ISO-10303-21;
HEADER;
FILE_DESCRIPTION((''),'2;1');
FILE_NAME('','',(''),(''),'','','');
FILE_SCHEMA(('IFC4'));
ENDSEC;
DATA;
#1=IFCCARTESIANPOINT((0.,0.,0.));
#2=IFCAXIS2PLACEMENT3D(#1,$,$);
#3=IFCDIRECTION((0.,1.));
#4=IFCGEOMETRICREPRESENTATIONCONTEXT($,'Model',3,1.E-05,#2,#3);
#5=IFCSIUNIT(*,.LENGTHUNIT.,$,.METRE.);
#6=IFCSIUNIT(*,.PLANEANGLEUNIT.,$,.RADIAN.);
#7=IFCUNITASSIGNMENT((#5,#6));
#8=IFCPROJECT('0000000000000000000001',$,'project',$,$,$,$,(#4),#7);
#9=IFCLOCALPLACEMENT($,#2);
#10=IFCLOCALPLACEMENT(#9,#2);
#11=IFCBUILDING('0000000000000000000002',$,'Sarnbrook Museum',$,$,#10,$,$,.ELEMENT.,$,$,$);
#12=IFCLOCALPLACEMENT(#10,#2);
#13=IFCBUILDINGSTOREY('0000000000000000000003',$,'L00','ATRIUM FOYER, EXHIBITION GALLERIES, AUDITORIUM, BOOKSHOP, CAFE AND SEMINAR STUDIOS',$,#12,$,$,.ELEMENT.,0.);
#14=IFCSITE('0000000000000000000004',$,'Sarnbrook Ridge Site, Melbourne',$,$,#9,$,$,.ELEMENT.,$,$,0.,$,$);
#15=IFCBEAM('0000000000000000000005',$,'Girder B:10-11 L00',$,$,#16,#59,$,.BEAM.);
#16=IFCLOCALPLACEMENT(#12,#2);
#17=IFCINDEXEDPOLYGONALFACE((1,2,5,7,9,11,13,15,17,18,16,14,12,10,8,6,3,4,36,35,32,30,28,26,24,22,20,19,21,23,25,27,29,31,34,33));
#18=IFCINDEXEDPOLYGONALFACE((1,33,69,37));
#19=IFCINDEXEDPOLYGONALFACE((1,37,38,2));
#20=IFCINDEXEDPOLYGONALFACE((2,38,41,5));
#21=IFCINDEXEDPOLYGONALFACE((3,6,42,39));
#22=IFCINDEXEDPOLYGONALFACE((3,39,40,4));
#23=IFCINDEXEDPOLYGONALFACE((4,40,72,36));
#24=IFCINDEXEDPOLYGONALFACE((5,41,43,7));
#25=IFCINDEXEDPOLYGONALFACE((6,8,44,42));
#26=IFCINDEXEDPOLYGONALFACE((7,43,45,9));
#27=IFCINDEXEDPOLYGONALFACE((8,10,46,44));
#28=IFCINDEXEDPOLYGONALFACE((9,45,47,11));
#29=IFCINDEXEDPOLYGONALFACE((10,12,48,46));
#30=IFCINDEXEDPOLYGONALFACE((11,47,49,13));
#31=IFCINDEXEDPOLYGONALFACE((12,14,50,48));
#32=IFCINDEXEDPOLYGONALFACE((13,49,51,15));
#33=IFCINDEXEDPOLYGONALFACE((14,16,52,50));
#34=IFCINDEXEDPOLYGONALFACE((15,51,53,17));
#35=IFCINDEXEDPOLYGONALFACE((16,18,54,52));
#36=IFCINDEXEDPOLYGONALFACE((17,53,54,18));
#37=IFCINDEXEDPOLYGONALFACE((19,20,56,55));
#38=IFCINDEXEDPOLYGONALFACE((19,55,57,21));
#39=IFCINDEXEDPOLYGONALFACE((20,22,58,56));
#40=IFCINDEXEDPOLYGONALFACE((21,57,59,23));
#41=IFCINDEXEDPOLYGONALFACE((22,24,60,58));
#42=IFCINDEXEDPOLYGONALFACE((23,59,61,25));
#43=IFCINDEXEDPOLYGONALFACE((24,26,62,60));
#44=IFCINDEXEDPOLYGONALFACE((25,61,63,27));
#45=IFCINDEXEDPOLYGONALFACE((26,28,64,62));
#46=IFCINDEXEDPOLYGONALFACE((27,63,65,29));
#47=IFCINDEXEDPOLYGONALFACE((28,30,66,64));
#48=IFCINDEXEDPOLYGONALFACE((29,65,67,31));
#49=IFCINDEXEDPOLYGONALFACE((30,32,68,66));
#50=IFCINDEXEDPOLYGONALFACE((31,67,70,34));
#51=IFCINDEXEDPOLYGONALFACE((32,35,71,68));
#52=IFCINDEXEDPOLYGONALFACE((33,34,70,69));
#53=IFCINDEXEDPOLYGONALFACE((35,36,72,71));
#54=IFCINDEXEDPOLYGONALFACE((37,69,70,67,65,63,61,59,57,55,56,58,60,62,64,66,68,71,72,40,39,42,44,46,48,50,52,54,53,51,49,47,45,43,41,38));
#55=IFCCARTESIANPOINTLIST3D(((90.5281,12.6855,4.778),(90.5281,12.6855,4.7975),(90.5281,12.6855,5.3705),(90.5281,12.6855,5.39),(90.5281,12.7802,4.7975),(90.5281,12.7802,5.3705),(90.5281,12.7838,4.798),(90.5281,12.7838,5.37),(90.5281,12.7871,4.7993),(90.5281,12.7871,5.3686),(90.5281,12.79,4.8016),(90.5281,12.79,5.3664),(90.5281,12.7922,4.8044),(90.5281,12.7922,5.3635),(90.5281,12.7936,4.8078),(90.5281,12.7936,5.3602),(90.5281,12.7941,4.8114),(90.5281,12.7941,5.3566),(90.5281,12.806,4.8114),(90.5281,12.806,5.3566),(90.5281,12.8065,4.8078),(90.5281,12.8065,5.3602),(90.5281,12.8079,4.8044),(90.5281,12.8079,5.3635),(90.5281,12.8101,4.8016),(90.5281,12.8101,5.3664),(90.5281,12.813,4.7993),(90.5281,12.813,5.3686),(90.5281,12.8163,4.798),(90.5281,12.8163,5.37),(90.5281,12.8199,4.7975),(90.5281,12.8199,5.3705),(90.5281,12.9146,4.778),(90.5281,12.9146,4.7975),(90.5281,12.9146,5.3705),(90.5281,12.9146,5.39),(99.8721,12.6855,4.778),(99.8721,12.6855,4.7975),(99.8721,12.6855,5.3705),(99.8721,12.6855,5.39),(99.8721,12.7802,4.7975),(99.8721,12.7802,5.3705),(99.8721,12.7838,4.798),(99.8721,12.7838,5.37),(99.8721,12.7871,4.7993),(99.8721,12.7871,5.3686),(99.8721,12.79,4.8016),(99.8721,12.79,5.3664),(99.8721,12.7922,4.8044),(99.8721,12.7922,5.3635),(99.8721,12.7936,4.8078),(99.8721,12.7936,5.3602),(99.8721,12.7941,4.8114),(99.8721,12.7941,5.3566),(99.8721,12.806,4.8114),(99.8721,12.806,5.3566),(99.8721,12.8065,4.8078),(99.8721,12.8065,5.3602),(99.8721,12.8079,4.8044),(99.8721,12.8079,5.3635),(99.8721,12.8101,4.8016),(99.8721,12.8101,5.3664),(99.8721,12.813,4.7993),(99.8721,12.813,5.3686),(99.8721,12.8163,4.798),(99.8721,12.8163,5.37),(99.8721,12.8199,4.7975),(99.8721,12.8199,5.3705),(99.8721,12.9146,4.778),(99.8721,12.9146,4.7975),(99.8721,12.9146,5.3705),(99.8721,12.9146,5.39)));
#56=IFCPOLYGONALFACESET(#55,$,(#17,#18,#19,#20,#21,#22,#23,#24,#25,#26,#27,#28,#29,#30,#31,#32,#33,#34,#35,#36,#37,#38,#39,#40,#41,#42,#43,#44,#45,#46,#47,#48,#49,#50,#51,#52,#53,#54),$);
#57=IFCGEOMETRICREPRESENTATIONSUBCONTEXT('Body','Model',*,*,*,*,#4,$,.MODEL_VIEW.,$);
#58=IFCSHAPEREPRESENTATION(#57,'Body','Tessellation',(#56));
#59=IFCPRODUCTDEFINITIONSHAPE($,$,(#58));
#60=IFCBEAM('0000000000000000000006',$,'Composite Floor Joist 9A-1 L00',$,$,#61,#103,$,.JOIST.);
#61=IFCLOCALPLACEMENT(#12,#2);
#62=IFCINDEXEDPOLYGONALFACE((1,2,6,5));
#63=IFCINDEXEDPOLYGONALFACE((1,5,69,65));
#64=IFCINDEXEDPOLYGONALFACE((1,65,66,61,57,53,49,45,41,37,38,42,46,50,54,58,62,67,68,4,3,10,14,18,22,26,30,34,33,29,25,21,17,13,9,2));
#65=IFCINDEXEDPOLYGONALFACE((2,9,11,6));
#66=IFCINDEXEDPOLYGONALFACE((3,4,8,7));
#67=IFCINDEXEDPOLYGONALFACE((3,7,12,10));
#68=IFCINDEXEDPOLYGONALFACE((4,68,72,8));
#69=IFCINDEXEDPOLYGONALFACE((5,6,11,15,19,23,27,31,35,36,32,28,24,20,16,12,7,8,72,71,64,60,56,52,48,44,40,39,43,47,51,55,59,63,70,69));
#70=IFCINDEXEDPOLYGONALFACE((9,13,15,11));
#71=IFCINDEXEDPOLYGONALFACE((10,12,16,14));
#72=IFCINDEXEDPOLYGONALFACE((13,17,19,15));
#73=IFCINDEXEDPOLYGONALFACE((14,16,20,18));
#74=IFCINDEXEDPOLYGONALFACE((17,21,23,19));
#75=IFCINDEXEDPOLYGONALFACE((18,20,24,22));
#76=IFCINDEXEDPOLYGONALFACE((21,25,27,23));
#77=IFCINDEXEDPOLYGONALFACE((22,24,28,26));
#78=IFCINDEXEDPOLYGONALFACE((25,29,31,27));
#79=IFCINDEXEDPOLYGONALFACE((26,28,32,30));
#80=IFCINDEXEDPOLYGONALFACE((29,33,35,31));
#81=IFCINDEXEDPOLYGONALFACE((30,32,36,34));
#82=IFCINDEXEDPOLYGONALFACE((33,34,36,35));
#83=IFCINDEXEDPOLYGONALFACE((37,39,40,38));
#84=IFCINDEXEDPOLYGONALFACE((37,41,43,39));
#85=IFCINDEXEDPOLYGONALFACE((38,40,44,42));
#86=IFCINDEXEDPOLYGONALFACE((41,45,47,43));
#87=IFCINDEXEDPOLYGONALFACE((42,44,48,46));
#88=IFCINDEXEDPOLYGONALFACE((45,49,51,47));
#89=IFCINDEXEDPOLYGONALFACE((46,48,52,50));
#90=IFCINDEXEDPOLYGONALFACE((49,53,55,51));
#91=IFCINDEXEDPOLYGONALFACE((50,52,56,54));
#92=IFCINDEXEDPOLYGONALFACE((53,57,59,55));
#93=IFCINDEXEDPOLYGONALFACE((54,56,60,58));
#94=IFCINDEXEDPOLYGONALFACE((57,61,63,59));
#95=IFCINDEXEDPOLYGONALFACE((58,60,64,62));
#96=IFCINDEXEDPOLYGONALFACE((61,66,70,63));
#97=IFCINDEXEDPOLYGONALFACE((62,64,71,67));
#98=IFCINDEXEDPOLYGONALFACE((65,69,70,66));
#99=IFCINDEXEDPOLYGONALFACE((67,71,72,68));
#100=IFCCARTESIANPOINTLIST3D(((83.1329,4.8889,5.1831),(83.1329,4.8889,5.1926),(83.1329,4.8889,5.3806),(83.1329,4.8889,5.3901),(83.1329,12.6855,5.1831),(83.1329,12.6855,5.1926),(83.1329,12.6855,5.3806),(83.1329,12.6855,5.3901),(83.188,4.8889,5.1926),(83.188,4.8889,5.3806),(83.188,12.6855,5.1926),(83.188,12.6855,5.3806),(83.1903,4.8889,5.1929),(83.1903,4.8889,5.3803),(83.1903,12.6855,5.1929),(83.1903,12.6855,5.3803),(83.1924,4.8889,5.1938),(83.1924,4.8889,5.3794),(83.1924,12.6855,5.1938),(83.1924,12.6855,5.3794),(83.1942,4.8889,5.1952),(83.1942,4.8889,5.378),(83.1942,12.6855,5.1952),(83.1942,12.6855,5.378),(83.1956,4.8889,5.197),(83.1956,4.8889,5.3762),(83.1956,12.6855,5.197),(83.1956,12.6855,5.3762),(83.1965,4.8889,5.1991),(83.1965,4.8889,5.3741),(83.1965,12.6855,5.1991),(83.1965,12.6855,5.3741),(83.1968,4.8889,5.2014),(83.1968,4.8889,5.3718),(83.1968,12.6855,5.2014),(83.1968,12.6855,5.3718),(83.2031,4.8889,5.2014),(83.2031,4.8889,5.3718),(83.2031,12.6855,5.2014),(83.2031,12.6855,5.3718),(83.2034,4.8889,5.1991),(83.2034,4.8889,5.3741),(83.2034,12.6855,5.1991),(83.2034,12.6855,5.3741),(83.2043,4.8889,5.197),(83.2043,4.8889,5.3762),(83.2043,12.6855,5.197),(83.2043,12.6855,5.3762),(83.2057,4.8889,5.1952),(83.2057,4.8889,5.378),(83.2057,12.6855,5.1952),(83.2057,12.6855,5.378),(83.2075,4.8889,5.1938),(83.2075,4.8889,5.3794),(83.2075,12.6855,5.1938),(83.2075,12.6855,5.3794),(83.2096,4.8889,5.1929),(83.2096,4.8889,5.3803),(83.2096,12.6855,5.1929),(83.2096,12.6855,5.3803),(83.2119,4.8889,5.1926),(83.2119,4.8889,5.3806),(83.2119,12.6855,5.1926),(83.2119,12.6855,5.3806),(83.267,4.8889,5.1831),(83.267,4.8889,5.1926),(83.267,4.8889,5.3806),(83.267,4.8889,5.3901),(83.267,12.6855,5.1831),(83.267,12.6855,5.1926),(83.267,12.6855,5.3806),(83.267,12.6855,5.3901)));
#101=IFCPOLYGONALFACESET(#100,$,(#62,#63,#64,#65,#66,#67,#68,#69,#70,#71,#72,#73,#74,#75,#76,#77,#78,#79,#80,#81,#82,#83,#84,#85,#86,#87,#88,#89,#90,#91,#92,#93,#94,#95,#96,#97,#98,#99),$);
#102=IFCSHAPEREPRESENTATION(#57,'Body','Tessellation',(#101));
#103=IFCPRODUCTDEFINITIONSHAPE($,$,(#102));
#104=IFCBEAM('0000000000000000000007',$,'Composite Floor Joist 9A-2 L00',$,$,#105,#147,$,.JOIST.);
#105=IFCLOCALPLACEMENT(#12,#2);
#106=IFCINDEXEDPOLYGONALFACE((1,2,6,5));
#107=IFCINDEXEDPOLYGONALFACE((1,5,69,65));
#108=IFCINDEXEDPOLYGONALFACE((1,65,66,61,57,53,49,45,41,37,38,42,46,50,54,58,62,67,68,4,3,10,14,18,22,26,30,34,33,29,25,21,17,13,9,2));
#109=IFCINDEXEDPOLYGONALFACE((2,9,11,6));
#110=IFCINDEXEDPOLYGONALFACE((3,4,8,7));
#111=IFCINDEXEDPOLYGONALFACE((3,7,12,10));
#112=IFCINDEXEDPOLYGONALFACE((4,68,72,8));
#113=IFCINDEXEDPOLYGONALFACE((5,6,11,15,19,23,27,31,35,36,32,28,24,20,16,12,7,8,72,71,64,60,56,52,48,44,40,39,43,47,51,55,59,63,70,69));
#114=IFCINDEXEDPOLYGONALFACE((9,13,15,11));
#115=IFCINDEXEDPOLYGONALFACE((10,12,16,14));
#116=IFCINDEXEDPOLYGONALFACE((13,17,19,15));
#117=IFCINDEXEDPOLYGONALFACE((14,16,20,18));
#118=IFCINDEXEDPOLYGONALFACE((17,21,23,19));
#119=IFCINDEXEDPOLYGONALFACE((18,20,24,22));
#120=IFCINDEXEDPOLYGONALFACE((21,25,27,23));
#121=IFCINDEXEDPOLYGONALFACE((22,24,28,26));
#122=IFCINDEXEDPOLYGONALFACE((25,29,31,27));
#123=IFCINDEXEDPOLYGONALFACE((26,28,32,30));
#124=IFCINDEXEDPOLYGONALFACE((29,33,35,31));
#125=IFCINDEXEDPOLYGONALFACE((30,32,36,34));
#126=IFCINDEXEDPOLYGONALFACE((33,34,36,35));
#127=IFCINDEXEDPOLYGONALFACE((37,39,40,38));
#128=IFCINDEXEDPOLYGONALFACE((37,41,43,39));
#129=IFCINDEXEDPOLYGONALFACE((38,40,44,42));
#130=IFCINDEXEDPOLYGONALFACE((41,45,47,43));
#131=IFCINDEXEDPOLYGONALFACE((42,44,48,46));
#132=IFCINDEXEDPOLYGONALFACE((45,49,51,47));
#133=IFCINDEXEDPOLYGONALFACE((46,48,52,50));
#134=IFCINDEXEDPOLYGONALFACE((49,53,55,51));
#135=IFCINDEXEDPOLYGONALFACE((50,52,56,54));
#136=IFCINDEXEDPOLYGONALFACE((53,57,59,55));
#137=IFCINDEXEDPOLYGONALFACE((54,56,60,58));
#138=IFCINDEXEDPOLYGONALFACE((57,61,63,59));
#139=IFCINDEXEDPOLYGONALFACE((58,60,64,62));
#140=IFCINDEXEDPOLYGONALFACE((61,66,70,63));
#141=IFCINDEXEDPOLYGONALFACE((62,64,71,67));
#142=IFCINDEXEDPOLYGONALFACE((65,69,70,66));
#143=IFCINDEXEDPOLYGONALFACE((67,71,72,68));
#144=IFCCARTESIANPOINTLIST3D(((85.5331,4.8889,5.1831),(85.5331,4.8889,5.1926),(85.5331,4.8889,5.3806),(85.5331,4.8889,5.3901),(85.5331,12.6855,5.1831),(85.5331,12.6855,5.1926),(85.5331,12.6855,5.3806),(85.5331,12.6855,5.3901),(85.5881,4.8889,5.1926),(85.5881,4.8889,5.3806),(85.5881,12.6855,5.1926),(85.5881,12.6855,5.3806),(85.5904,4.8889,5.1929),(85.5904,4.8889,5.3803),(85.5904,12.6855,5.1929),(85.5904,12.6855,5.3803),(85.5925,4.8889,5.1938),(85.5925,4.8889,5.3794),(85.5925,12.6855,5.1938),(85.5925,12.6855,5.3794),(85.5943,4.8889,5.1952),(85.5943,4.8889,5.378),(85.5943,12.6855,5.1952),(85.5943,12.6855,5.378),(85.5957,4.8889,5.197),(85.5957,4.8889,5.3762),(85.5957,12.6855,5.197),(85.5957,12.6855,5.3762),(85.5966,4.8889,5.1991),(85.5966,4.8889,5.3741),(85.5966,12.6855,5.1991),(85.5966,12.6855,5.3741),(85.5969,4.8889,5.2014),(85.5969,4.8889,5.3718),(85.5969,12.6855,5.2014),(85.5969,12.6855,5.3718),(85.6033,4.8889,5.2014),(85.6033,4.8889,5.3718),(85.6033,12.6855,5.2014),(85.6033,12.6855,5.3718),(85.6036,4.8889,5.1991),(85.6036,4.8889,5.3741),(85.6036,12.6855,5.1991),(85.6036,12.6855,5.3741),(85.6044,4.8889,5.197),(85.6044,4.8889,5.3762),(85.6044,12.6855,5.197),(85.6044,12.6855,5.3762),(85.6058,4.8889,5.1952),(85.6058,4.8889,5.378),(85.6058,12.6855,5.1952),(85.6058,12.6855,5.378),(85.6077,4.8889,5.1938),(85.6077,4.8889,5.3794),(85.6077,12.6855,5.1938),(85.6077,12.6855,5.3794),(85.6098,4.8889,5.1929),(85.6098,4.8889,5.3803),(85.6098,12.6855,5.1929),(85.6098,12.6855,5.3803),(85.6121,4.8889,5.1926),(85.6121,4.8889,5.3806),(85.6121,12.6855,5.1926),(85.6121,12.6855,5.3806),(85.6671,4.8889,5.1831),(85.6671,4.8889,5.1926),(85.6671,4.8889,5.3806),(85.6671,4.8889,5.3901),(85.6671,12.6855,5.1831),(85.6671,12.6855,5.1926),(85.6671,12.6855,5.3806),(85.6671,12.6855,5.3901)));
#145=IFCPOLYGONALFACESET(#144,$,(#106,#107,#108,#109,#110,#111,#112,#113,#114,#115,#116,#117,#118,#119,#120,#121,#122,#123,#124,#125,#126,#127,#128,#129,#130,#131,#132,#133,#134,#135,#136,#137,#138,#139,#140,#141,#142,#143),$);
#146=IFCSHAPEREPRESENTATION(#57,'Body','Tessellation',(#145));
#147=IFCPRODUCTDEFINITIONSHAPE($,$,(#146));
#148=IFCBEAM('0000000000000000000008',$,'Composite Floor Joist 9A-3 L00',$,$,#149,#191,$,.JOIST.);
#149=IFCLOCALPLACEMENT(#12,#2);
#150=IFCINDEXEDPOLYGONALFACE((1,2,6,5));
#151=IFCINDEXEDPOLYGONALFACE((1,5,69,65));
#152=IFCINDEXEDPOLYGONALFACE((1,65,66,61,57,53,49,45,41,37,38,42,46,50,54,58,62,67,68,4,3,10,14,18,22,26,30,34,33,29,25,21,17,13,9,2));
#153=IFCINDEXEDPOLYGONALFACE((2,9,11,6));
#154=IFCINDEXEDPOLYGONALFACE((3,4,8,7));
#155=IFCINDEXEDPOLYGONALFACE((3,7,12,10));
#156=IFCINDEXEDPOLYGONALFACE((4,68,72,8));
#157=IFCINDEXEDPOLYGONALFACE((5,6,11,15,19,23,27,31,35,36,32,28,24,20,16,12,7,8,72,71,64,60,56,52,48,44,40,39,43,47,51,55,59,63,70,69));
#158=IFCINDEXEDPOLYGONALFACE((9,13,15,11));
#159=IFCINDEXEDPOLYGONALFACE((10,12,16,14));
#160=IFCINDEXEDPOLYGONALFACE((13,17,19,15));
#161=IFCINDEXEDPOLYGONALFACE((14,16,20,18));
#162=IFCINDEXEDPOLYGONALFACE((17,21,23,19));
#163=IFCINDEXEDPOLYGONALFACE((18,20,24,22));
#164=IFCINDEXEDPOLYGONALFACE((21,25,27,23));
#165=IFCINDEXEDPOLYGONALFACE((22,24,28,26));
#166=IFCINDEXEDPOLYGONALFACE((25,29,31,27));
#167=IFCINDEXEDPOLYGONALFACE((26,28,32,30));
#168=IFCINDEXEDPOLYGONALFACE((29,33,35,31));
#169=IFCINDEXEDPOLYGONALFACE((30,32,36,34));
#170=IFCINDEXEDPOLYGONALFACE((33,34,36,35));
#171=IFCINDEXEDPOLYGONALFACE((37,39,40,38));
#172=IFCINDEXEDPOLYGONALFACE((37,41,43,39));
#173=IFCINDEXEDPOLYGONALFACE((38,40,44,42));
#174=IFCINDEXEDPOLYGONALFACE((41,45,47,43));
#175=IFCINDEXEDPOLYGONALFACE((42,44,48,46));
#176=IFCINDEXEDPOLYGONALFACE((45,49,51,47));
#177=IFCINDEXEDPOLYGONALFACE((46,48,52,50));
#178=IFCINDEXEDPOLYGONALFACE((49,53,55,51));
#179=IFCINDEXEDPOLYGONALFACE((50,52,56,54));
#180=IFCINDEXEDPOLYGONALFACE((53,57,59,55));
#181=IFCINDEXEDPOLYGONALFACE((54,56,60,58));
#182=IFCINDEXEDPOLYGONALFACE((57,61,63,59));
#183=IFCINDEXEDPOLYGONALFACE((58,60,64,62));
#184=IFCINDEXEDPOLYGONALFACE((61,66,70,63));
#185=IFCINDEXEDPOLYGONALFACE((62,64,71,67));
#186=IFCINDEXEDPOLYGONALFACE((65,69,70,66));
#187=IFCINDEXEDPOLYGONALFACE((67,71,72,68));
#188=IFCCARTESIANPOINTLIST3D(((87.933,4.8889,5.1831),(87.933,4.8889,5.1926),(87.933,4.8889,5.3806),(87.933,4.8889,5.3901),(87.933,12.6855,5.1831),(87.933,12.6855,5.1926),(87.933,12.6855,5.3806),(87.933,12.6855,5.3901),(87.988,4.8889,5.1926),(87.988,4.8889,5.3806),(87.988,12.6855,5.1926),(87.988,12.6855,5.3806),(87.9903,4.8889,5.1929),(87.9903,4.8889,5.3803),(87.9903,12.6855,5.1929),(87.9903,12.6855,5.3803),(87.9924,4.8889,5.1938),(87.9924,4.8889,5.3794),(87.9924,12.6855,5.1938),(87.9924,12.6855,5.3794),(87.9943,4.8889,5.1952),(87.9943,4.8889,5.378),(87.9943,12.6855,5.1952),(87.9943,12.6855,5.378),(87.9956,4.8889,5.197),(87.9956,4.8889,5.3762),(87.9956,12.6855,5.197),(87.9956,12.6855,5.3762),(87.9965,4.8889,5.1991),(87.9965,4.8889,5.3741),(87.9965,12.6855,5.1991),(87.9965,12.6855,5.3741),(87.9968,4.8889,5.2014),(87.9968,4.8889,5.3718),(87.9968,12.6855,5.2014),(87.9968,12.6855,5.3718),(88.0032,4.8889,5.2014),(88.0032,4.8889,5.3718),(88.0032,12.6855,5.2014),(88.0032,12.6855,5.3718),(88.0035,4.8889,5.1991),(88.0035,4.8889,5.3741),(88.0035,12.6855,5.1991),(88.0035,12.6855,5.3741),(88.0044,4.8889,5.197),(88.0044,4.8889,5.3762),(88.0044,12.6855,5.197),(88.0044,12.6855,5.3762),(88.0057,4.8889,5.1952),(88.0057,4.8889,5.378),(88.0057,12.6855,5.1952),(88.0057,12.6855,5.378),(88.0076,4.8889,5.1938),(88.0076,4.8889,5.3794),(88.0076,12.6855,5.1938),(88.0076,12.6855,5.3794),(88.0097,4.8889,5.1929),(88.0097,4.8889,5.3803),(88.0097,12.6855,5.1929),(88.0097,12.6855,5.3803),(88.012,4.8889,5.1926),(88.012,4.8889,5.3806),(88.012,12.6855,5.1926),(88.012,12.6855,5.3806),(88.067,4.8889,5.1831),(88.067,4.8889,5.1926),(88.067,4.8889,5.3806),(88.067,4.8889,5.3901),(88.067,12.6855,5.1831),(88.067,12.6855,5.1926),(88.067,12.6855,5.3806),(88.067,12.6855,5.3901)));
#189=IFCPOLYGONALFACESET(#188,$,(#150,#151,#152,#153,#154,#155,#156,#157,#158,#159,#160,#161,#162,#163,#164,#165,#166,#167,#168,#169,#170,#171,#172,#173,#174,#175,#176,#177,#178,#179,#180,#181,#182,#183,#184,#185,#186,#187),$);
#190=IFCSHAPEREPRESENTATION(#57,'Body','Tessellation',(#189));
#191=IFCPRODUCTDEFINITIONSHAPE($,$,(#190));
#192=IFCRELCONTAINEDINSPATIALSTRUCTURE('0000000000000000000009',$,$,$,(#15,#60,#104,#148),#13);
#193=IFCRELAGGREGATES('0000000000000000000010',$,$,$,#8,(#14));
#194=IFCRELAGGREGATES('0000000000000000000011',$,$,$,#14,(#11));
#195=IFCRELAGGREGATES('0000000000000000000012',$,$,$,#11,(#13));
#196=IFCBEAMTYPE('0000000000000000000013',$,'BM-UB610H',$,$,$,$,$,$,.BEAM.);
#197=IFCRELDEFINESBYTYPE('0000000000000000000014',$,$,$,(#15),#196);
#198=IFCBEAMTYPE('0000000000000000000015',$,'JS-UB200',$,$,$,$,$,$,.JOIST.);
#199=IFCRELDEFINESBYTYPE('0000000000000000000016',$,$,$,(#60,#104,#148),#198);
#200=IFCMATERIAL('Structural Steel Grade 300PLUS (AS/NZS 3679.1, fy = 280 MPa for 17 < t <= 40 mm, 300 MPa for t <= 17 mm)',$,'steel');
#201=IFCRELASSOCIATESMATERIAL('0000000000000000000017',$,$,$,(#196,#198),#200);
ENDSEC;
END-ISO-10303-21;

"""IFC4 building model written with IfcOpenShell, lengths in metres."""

from ifc_helpers import new_model, si_unit, direction, frame, origin, origin_2d, place, context, subcontext, project, spatial, i_section, extrude, material, material_profile, profile_set, type_object, element, save


model = new_model("IFC4")

# Units and contexts
model_context = context("Model", 3, precision=1e-05, world=origin(), true_north=direction((0.0, 1.0)))
body_context = subcontext(model_context, "Body", "Model", "MODEL_VIEW")
ifc_project = project(units=[si_unit("LENGTHUNIT", "METRE"), si_unit("PLANEANGLEUNIT", "RADIAN")], contexts=[model_context])

# Site, building, storey
site_placement = place(None, origin())
site = spatial("IfcSite", under=ifc_project, at=site_placement, Name="Sarnbrook Ridge Site, Melbourne", CompositionType="ELEMENT", RefElevation=0.0)
building_placement = place(site_placement, origin())
building = spatial("IfcBuilding", under=site, at=building_placement, Name="Sarnbrook Museum", CompositionType="ELEMENT")
storey_placement = place(building_placement, origin())
storey = spatial("IfcBuildingStorey", under=building, at=storey_placement, Name="L00", Description="ATRIUM FOYER, EXHIBITION GALLERIES, AUDITORIUM, BOOKSHOP, CAFE AND SEMINAR STUDIOS", CompositionType="ELEMENT", Elevation=0.0)

# Shared definitions
ifc_material_1 = material(Name="Structural Steel Grade 300PLUS (AS/NZS 3679.1, fy = 280 MPa for 17 < t <= 40 mm, 300 MPa for t <= 17 mm)", Category="steel")

# Beams
ifc_material_profile_1 = material_profile(ifc_material_1, i_section(OverallWidth=0.229, OverallDepth=0.6121, WebThickness=0.012, FlangeThickness=0.0195, FilletRadius=0.0139, at=origin_2d()), Name="610UB125")
ifc_profile_set_1 = profile_set([ifc_material_profile_1], Name="Structural Steel Grade 300PLUS (AS/NZS 3679.1, fy = 280 MPa for 17 < t <= 40 mm, 300 MPa for t <= 17 mm)")
beam_type_1 = type_object("IfcBeamType", Name="BM-UB610H", PredefinedType="BEAM", material=ifc_profile_set_1)
for number, where, z_axis, x_axis, name in (
    (1, (90.5281, 12.8, 5.084), (1.0, 0.0, 0.0), (0.0, 1.0, 0.0), "Girder B:10-11 L00"),
):
    element("IfcBeam", number, at=place(storey_placement, frame(where, z_axis=z_axis, x_axis=x_axis)), inside=storey, type_object=beam_type_1, Name=name, PredefinedType="BEAM", context=body_context, shape_type="SweptSolid", body=[
        extrude(i_section(OverallWidth=0.229, OverallDepth=0.6121, WebThickness=0.012, FlangeThickness=0.0195, FilletRadius=0.0139, at=origin_2d()), origin(), (0.0, 0.0, 1.0), 9.344),
    ])
ifc_material_profile_2 = material_profile(ifc_material_1, i_section(OverallWidth=0.134, OverallDepth=0.207, WebThickness=0.0063, FlangeThickness=0.0095, FilletRadius=0.0088, at=origin_2d()), Name="200UB29.8")
ifc_profile_set_2 = profile_set([ifc_material_profile_2], Name="Structural Steel Grade 300PLUS (AS/NZS 3679.1, fy = 280 MPa for 17 < t <= 40 mm, 300 MPa for t <= 17 mm)")
beam_type_2 = type_object("IfcBeamType", Name="JS-UB200", PredefinedType="JOIST", material=ifc_profile_set_2)
for number, where, z_axis, x_axis, name in (
    (2, (83.2, 4.8889, 5.2866), (0.0, 1.0, 0.0), (-1.0, 0.0, 0.0), "Composite Floor Joist 9A-1 L00"),
    (3, (85.6001, 4.8889, 5.2866), (0.0, 1.0, 0.0), (-1.0, 0.0, 0.0), "Composite Floor Joist 9A-2 L00"),
    (4, (88.0, 4.8889, 5.2866), (0.0, 1.0, 0.0), (-1.0, 0.0, 0.0), "Composite Floor Joist 9A-3 L00"),
):
    element("IfcBeam", number, at=place(storey_placement, frame(where, z_axis=z_axis, x_axis=x_axis)), inside=storey, type_object=beam_type_2, Name=name, PredefinedType="JOIST", context=body_context, shape_type="SweptSolid", body=[
        extrude(i_section(OverallWidth=0.134, OverallDepth=0.207, WebThickness=0.0063, FlangeThickness=0.0095, FilletRadius=0.0088, at=origin_2d()), origin(), (0.0, 0.0, 1.0), 7.7966),
    ])

save(model, "model.ifc")
